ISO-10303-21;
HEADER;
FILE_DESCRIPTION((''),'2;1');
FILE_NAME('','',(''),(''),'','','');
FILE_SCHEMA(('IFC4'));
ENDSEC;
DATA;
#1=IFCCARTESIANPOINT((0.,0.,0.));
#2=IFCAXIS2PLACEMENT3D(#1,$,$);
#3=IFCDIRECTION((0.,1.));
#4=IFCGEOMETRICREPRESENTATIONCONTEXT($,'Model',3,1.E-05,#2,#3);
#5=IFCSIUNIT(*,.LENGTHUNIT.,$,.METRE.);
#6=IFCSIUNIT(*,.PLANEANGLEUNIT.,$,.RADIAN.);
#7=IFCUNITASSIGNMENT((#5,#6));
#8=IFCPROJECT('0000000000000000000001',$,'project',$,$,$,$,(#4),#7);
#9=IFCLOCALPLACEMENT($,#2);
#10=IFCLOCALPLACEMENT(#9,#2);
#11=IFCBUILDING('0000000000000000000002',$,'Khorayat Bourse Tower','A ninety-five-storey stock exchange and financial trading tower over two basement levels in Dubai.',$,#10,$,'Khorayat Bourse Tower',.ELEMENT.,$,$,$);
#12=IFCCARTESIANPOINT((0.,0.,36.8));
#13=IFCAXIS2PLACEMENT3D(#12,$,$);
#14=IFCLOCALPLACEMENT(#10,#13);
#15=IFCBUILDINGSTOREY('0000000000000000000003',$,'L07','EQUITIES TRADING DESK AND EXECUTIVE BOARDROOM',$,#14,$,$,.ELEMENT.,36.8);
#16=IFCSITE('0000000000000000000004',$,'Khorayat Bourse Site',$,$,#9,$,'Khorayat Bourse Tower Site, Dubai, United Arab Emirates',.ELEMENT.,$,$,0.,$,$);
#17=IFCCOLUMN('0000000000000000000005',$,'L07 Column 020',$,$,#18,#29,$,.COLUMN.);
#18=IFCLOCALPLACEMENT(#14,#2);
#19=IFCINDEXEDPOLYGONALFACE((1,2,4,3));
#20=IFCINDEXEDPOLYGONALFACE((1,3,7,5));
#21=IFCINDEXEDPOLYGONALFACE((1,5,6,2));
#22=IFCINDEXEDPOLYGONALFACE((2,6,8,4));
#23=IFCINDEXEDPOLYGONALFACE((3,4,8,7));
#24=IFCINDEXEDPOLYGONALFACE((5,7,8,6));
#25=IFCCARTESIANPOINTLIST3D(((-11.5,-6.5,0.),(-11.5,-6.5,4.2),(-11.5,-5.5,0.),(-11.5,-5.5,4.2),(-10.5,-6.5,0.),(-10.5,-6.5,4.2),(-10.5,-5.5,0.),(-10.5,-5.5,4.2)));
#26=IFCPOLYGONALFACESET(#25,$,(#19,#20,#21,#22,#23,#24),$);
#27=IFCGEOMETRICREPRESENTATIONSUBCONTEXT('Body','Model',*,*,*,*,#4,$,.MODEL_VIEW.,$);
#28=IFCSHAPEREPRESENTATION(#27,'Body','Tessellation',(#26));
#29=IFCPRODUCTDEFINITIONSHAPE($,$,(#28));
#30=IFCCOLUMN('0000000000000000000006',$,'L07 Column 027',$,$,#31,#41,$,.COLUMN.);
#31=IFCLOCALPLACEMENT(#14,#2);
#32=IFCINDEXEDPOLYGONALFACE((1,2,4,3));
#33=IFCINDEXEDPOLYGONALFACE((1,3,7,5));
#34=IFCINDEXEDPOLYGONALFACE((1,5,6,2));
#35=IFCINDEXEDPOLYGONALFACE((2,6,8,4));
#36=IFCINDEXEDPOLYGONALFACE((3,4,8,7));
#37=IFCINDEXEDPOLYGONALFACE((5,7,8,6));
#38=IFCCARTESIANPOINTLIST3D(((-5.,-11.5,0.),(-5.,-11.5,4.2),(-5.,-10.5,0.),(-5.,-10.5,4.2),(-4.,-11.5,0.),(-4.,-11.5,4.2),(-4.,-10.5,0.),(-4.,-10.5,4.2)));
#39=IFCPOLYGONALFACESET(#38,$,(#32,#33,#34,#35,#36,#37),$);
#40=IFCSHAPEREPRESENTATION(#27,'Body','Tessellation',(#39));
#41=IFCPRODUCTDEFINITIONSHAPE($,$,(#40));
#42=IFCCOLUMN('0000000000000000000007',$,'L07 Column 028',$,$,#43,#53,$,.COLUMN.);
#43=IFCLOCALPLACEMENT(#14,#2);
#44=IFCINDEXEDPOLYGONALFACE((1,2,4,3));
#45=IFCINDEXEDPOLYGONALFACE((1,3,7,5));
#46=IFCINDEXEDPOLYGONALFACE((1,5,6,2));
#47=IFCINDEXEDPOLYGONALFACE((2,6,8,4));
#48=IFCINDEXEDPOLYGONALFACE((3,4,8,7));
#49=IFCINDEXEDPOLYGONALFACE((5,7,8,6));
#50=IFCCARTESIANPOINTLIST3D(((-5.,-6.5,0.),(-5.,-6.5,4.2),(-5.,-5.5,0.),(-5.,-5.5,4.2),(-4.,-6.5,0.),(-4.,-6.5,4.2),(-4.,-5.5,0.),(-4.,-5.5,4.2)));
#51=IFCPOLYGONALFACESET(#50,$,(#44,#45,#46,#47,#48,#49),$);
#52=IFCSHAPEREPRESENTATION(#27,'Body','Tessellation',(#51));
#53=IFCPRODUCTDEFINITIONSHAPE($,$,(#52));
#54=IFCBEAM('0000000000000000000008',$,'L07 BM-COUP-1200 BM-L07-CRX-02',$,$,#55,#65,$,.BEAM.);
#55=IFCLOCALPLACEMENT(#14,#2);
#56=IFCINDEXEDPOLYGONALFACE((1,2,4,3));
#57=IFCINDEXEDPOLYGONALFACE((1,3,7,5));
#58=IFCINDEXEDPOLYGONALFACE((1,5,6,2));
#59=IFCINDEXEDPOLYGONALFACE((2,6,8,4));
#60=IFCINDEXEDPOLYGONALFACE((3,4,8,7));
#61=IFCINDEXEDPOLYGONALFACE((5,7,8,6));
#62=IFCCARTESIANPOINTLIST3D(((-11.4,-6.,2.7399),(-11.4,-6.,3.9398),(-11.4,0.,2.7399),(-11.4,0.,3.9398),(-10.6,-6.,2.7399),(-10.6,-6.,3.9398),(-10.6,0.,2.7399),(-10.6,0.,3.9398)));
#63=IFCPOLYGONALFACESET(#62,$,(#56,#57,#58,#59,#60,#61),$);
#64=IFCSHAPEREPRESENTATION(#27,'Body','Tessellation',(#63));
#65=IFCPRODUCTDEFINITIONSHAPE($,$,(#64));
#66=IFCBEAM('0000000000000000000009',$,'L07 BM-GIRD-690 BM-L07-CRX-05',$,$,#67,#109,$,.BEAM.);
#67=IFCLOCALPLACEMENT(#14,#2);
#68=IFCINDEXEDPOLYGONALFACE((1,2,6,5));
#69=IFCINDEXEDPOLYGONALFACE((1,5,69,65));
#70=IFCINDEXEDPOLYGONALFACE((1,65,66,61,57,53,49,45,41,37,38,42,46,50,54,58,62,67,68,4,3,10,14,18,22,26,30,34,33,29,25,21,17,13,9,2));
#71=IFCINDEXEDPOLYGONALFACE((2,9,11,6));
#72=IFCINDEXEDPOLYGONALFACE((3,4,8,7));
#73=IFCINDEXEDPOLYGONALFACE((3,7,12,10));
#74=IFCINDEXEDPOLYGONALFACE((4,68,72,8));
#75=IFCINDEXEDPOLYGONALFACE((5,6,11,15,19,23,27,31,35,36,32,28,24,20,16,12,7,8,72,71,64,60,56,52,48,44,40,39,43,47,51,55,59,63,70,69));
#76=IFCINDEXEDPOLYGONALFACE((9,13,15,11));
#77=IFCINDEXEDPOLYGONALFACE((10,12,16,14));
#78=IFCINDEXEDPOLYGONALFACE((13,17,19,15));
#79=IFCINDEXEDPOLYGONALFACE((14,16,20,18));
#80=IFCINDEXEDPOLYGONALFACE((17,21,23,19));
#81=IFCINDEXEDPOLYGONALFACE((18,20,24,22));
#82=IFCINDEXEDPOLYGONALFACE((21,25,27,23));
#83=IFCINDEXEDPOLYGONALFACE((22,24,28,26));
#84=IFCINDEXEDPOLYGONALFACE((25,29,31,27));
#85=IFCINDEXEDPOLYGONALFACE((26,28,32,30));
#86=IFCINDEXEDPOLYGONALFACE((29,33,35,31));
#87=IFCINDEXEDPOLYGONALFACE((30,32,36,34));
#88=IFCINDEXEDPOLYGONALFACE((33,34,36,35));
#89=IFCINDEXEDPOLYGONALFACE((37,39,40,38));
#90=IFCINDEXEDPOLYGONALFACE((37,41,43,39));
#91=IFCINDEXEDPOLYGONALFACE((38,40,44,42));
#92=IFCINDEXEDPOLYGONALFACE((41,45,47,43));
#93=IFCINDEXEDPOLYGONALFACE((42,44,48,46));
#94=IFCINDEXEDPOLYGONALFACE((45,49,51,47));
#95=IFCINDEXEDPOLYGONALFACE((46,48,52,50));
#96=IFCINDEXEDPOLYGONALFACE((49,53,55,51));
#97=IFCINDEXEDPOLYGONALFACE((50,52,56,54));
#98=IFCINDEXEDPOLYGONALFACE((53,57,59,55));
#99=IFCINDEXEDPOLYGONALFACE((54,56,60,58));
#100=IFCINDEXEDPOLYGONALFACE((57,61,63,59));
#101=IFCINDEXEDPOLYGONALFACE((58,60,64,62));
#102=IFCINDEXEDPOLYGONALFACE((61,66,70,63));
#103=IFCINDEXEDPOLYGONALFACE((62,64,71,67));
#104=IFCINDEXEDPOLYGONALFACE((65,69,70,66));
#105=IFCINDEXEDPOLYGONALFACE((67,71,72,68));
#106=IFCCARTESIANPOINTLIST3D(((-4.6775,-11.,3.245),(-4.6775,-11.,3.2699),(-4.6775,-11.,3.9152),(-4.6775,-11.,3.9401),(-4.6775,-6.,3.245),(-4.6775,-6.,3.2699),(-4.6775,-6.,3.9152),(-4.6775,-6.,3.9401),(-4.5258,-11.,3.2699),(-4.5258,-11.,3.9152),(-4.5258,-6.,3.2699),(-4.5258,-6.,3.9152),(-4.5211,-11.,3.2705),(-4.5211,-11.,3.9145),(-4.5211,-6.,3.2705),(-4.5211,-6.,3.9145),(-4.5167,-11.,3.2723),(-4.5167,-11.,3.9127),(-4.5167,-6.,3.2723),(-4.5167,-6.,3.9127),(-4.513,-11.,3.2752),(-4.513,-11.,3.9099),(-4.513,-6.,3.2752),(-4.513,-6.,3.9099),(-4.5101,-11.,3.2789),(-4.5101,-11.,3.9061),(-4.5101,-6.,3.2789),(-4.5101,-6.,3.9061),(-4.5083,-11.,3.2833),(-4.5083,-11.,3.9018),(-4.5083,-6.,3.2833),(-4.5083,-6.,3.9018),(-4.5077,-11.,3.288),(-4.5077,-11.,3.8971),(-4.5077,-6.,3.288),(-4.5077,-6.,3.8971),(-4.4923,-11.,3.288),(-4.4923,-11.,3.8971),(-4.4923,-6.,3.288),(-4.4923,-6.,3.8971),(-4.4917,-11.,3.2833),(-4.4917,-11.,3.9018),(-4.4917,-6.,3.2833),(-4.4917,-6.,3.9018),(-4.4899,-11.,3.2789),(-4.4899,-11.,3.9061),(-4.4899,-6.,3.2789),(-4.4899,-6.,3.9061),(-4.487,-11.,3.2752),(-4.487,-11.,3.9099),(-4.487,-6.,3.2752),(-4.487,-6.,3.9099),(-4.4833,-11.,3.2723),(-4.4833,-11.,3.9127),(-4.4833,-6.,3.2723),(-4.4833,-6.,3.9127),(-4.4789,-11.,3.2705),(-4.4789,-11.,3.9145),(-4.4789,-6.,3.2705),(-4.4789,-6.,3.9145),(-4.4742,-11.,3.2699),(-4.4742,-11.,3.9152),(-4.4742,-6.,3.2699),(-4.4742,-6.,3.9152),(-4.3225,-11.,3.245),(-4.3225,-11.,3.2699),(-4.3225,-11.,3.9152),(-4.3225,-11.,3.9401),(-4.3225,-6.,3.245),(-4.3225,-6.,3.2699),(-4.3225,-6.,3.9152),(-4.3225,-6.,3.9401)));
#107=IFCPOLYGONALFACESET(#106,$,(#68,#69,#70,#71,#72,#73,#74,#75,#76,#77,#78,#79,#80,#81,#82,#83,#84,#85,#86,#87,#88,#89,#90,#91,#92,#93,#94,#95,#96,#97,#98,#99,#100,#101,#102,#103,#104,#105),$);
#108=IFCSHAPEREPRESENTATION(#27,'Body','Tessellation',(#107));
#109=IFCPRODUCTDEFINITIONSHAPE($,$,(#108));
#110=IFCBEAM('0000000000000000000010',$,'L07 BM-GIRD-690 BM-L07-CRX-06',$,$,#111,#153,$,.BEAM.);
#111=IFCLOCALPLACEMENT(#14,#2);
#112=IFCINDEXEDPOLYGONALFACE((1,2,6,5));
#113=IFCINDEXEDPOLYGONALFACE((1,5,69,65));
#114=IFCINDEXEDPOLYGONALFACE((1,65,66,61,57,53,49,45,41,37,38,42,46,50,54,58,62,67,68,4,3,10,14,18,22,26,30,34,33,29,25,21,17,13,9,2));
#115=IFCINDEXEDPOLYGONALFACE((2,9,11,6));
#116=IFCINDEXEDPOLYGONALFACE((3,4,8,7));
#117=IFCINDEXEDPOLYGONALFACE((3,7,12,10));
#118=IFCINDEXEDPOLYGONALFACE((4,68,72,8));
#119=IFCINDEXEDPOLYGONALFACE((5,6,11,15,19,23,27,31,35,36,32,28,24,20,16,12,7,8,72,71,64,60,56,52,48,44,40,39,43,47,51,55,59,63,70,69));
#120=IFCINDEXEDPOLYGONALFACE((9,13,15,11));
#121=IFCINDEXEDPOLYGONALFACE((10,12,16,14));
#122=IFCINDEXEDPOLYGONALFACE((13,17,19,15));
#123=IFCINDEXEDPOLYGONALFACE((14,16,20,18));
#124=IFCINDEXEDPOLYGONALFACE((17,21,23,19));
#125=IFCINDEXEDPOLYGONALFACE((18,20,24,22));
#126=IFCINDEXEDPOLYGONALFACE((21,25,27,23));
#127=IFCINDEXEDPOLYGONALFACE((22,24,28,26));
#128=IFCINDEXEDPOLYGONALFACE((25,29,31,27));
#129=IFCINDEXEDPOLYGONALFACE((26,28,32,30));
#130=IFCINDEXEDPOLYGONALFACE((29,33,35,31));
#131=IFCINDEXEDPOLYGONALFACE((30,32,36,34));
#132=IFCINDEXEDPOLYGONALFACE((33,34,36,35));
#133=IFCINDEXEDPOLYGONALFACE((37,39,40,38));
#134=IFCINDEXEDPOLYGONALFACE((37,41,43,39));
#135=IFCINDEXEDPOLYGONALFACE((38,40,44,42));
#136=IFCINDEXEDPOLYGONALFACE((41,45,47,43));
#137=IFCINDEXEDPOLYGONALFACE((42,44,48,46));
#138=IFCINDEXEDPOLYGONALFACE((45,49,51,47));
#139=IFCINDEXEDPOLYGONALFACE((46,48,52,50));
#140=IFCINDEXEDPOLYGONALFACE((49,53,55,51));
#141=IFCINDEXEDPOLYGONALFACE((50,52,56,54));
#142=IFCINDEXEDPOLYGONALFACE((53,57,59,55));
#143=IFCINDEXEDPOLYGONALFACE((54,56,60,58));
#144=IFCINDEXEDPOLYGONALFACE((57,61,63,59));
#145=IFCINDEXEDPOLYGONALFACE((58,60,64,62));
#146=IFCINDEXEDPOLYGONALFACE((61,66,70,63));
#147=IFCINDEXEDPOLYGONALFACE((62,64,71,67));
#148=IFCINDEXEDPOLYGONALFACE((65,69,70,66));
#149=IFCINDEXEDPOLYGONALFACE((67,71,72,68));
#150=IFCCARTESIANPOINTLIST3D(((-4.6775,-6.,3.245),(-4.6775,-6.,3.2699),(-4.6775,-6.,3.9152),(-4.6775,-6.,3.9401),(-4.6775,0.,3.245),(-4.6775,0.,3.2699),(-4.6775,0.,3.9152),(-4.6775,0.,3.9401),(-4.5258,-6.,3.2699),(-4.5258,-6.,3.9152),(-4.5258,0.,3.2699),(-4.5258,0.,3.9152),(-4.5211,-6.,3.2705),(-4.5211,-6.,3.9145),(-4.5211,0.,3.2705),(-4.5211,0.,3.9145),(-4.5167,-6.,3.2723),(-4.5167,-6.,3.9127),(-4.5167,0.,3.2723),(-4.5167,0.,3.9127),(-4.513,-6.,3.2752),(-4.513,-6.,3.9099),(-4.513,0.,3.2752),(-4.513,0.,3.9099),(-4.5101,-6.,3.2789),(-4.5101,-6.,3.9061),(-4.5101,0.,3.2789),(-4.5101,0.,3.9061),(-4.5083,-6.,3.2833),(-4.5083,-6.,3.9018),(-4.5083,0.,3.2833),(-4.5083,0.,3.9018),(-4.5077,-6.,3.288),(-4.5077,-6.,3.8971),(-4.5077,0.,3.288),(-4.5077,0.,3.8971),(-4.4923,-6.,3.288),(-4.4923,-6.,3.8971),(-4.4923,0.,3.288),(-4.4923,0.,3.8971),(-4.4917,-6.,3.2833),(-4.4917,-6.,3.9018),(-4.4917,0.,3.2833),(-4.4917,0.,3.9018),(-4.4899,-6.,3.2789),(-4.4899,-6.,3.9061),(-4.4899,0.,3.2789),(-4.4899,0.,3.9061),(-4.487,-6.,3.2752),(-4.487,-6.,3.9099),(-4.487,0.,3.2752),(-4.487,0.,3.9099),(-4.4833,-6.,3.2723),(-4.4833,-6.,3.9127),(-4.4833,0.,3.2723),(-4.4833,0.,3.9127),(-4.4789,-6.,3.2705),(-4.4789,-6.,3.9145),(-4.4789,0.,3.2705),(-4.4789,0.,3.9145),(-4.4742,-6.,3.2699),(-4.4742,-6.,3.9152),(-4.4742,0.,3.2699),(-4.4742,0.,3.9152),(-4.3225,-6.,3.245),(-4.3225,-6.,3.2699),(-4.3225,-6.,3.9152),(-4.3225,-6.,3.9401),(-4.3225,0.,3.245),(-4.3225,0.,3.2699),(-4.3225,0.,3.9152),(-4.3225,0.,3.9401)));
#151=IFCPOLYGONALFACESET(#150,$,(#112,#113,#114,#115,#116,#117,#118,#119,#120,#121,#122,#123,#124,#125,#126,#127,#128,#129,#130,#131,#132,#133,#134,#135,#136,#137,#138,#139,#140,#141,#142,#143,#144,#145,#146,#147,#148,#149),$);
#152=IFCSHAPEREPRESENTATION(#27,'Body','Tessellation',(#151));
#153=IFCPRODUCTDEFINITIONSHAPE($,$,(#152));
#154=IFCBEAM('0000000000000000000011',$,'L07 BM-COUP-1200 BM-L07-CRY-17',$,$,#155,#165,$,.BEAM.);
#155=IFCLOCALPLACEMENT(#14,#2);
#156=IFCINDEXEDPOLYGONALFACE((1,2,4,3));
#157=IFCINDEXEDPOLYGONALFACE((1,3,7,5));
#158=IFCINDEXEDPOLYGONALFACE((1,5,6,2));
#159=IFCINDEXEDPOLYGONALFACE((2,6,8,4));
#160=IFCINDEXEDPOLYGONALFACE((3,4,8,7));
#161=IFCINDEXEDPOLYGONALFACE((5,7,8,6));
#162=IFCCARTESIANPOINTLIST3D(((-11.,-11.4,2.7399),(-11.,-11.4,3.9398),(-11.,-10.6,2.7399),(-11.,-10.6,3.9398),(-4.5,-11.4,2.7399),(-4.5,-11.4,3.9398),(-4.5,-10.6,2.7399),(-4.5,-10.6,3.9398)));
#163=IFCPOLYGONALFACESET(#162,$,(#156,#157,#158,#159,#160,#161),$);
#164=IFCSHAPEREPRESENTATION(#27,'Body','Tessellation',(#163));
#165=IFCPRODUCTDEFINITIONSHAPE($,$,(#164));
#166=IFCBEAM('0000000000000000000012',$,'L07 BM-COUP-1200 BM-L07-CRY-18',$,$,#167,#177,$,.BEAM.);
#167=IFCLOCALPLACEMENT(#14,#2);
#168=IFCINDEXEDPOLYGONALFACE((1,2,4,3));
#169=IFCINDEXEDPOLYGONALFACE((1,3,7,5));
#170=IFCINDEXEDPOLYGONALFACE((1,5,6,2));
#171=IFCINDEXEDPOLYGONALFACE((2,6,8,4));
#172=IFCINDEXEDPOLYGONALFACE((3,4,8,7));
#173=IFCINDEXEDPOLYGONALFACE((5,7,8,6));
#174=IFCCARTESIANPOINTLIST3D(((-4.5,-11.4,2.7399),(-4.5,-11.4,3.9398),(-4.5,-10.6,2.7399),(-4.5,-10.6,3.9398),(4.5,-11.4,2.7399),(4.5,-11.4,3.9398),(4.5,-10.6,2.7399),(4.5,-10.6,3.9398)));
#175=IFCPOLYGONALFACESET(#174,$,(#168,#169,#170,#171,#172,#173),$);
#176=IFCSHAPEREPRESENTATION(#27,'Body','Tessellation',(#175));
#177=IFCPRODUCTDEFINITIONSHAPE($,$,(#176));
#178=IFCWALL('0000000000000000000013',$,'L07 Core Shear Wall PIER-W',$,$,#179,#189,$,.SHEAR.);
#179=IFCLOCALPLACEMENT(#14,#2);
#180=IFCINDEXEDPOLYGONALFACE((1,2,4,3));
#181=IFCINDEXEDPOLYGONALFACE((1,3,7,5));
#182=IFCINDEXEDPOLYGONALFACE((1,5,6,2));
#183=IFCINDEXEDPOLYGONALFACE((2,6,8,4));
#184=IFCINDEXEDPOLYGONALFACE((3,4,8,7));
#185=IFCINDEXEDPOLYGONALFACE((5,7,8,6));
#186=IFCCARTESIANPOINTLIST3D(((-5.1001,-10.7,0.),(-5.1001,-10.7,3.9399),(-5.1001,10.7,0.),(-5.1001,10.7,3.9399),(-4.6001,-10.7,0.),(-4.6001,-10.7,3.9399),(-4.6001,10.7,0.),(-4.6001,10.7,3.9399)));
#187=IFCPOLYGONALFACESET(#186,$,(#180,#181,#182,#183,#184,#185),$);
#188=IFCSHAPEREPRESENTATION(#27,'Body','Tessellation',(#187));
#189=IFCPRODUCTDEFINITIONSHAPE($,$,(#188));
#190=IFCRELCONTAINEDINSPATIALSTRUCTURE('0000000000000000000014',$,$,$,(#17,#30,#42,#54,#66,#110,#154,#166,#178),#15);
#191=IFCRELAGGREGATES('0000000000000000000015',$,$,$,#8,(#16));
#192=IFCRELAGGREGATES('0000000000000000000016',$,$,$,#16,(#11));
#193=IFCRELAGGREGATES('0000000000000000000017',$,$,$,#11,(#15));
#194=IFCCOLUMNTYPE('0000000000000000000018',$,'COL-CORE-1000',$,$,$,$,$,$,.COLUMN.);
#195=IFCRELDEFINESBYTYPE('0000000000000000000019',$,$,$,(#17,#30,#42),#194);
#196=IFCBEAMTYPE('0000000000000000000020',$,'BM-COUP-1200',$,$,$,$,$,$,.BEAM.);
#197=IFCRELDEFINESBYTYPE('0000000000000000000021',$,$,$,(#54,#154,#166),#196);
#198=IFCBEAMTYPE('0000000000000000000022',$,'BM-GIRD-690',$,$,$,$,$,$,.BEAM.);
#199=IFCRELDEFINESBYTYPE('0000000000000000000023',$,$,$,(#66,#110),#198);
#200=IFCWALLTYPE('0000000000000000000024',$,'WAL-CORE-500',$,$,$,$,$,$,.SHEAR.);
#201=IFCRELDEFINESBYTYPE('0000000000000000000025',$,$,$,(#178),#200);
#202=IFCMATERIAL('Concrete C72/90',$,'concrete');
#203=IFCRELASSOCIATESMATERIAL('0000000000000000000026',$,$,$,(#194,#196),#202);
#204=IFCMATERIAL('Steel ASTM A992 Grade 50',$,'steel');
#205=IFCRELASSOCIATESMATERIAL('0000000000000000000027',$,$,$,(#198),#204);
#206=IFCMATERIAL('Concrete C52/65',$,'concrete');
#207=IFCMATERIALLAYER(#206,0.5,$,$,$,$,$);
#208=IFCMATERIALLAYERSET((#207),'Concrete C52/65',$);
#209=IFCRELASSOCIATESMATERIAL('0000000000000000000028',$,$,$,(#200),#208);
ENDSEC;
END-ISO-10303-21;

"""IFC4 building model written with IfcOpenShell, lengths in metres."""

from ifc_helpers import new_model, si_unit, direction, frame, frame_2d, origin, origin_2d, place, context, subcontext, project, spatial, rectangle, i_section, extrude, source, transform, mapped, material, layer, layer_set, material_profile, profile_set, type_object, element, save


model = new_model("IFC4")

# Units and contexts
model_context = context("Model", 3, precision=1e-05, world=origin(), true_north=direction((0.0, 1.0)))
body_context = subcontext(model_context, "Body", "Model", "MODEL_VIEW")
ifc_project = project(units=[si_unit("LENGTHUNIT", "METRE"), si_unit("PLANEANGLEUNIT", "RADIAN")], contexts=[model_context])

# Site, building, storey
site_placement = place(None, origin())
site = spatial("IfcSite", under=ifc_project, at=site_placement, Name="Khorayat Bourse Site", LongName="Khorayat Bourse Tower Site, Dubai, United Arab Emirates", CompositionType="ELEMENT", RefElevation=0.0)
building_placement = place(site_placement, origin())
building = spatial("IfcBuilding", under=site, at=building_placement, Name="Khorayat Bourse Tower", Description="A ninety-five-storey stock exchange and financial trading tower over two basement levels in Dubai.", LongName="Khorayat Bourse Tower", CompositionType="ELEMENT")
storey_placement = place(building_placement, frame((0.0, 0.0, 36.8)))
storey = spatial("IfcBuildingStorey", under=building, at=storey_placement, Name="L07", Description="EQUITIES TRADING DESK AND EXECUTIVE BOARDROOM", CompositionType="ELEMENT", Elevation=36.8)

# Columns
ifc_material_1 = material(Name="Concrete C72/90", Category="concrete")
ifc_material_profile_1 = material_profile(ifc_material_1, rectangle(XDim=1.0, YDim=1.0, at=origin_2d()), Name="RC 1000x1000")
ifc_profile_set_1 = profile_set([ifc_material_profile_1], Name="Concrete C72/90")
column_type = type_object("IfcColumnType", Name="COL-CORE-1000", PredefinedType="COLUMN", material=ifc_profile_set_1)
shared_shape_1 = source(origin(), body_context, "Body", "SweptSolid", [
    extrude(rectangle(XDim=1.0, YDim=1.0, at=origin_2d()), origin(), (0.0, 0.0, 1.0), 4.2),
])
for number, where, z_axis, x_axis, name in (
    (1, (-11.0, -6.0, 0.0), (0.0, 0.0, 1.0), (1.0, 0.0, 0.0), "L07 Column 020"),
    (2, (-4.5, -11.0, 0.0), (0.0, 0.0, 1.0), (1.0, 0.0, 0.0), "L07 Column 027"),
    (3, (-4.5, -6.0, 0.0), (0.0, 0.0, 1.0), (1.0, 0.0, 0.0), "L07 Column 028"),
):
    element("IfcColumn", number, at=place(storey_placement, frame(where, z_axis=z_axis, x_axis=x_axis)), inside=storey, type_object=column_type, Name=name, PredefinedType="COLUMN", context=body_context, shape_type="MappedRepresentation", body=[
        mapped(shared_shape_1, transform((0.0, 0.0, 0.0), scale=1.0)),
    ])

# Beams
ifc_material_profile_2 = material_profile(ifc_material_1, rectangle(XDim=0.8, YDim=1.2, at=origin_2d()), Name="RC 800x1200")
ifc_profile_set_2 = profile_set([ifc_material_profile_2], Name="Concrete C72/90")
beam_type_1 = type_object("IfcBeamType", Name="BM-COUP-1200", PredefinedType="BEAM", material=ifc_profile_set_2)
shared_shape_2 = source(origin(), body_context, "Body", "SweptSolid", [
    extrude(rectangle(XDim=0.8, YDim=1.2, at=origin_2d()), origin(), (0.0, 0.0, 1.0), 6.0),
])
beam_1_placement = place(storey_placement, frame((-11.0, -6.0, 3.3398), z_axis=(0.0, 1.0, 0.0), x_axis=(-1.0, 0.0, 0.0)))
element("IfcBeam", 4, at=beam_1_placement, inside=storey, type_object=beam_type_1, Name="L07 BM-COUP-1200 BM-L07-CRX-02", PredefinedType="BEAM", context=body_context, shape_type="MappedRepresentation", body=[
    mapped(shared_shape_2, transform((0.0, 0.0, 0.0), scale=1.0)),
])
ifc_material_2 = material(Name="Steel ASTM A992 Grade 50", Category="steel")
ifc_material_profile_3 = material_profile(ifc_material_2, i_section(OverallWidth=0.355, OverallDepth=0.6951, WebThickness=0.0154, FlangeThickness=0.0249, FilletRadius=0.0181, at=origin_2d()), Name="W690X217")
ifc_profile_set_3 = profile_set([ifc_material_profile_3], Name="Steel ASTM A992 Grade 50")
beam_type_2 = type_object("IfcBeamType", Name="BM-GIRD-690", PredefinedType="BEAM", material=ifc_profile_set_3)
shared_shape_3 = source(origin(), body_context, "Body", "SweptSolid", [
    extrude(i_section(OverallWidth=0.355, OverallDepth=0.6951, WebThickness=0.0154, FlangeThickness=0.0249, FilletRadius=0.0181, at=origin_2d()), origin(), (0.0, 0.0, 1.0), 5.0),
])
beam_2_placement = place(storey_placement, frame((-4.5, -11.0, 3.5925), z_axis=(0.0, 1.0, 0.0), x_axis=(-1.0, 0.0, 0.0)))
element("IfcBeam", 5, at=beam_2_placement, inside=storey, type_object=beam_type_2, Name="L07 BM-GIRD-690 BM-L07-CRX-05", PredefinedType="BEAM", context=body_context, shape_type="MappedRepresentation", body=[
    mapped(shared_shape_3, transform((0.0, 0.0, 0.0), scale=1.0)),
])
shared_shape_4 = source(origin(), body_context, "Body", "SweptSolid", [
    extrude(i_section(OverallWidth=0.355, OverallDepth=0.6951, WebThickness=0.0154, FlangeThickness=0.0249, FilletRadius=0.0181, at=origin_2d()), origin(), (0.0, 0.0, 1.0), 6.0),
])
beam_3_placement = place(storey_placement, frame((-4.5, -6.0, 3.5925), z_axis=(0.0, 1.0, 0.0), x_axis=(-1.0, 0.0, 0.0)))
element("IfcBeam", 6, at=beam_3_placement, inside=storey, type_object=beam_type_2, Name="L07 BM-GIRD-690 BM-L07-CRX-06", PredefinedType="BEAM", context=body_context, shape_type="MappedRepresentation", body=[
    mapped(shared_shape_4, transform((0.0, 0.0, 0.0), scale=1.0)),
])
shared_shape_5 = source(origin(), body_context, "Body", "SweptSolid", [
    extrude(rectangle(XDim=0.8, YDim=1.2, at=origin_2d()), origin(), (0.0, 0.0, 1.0), 6.5),
])
beam_4_placement = place(storey_placement, frame((-11.0, -11.0, 3.3398), z_axis=(1.0, 0.0, 0.0), x_axis=(0.0, 1.0, 0.0)))
element("IfcBeam", 7, at=beam_4_placement, inside=storey, type_object=beam_type_1, Name="L07 BM-COUP-1200 BM-L07-CRY-17", PredefinedType="BEAM", context=body_context, shape_type="MappedRepresentation", body=[
    mapped(shared_shape_5, transform((0.0, 0.0, 0.0), scale=1.0)),
])
shared_shape_6 = source(origin(), body_context, "Body", "SweptSolid", [
    extrude(rectangle(XDim=0.8, YDim=1.2, at=origin_2d()), origin(), (0.0, 0.0, 1.0), 9.0),
])
beam_5_placement = place(storey_placement, frame((-4.5, -11.0, 3.3398), z_axis=(1.0, 0.0, 0.0), x_axis=(0.0, 1.0, 0.0)))
element("IfcBeam", 8, at=beam_5_placement, inside=storey, type_object=beam_type_1, Name="L07 BM-COUP-1200 BM-L07-CRY-18", PredefinedType="BEAM", context=body_context, shape_type="MappedRepresentation", body=[
    mapped(shared_shape_6, transform((0.0, 0.0, 0.0), scale=1.0)),
])

# Wall
ifc_material_3 = material(Name="Concrete C52/65", Category="concrete")
ifc_layer_1 = layer(ifc_material_3, 0.5)
ifc_layer_set_1 = layer_set([ifc_layer_1], Name="Concrete C52/65")
wall_type_1 = type_object("IfcWallType", Name="WAL-CORE-500", PredefinedType="SHEAR", material=ifc_layer_set_1)
shared_shape_7 = source(origin(), body_context, "Body", "SweptSolid", [
    extrude(rectangle(XDim=21.3999, YDim=0.5, at=frame_2d((10.7, 0.0))), origin(), (0.0, 0.0, 1.0), 3.9399),
])
wall_1_placement = place(storey_placement, frame((-4.8501, -10.7, 0.0), z_axis=(0.0, 0.0, 1.0), x_axis=(0.0, 1.0, 0.0)))
element("IfcWall", 9, at=wall_1_placement, inside=storey, type_object=wall_type_1, Name="L07 Core Shear Wall PIER-W", PredefinedType="SHEAR", context=body_context, shape_type="MappedRepresentation", body=[
    mapped(shared_shape_7, transform((0.0, 0.0, 0.0), scale=1.0)),
])

save(model, "model.ifc")
